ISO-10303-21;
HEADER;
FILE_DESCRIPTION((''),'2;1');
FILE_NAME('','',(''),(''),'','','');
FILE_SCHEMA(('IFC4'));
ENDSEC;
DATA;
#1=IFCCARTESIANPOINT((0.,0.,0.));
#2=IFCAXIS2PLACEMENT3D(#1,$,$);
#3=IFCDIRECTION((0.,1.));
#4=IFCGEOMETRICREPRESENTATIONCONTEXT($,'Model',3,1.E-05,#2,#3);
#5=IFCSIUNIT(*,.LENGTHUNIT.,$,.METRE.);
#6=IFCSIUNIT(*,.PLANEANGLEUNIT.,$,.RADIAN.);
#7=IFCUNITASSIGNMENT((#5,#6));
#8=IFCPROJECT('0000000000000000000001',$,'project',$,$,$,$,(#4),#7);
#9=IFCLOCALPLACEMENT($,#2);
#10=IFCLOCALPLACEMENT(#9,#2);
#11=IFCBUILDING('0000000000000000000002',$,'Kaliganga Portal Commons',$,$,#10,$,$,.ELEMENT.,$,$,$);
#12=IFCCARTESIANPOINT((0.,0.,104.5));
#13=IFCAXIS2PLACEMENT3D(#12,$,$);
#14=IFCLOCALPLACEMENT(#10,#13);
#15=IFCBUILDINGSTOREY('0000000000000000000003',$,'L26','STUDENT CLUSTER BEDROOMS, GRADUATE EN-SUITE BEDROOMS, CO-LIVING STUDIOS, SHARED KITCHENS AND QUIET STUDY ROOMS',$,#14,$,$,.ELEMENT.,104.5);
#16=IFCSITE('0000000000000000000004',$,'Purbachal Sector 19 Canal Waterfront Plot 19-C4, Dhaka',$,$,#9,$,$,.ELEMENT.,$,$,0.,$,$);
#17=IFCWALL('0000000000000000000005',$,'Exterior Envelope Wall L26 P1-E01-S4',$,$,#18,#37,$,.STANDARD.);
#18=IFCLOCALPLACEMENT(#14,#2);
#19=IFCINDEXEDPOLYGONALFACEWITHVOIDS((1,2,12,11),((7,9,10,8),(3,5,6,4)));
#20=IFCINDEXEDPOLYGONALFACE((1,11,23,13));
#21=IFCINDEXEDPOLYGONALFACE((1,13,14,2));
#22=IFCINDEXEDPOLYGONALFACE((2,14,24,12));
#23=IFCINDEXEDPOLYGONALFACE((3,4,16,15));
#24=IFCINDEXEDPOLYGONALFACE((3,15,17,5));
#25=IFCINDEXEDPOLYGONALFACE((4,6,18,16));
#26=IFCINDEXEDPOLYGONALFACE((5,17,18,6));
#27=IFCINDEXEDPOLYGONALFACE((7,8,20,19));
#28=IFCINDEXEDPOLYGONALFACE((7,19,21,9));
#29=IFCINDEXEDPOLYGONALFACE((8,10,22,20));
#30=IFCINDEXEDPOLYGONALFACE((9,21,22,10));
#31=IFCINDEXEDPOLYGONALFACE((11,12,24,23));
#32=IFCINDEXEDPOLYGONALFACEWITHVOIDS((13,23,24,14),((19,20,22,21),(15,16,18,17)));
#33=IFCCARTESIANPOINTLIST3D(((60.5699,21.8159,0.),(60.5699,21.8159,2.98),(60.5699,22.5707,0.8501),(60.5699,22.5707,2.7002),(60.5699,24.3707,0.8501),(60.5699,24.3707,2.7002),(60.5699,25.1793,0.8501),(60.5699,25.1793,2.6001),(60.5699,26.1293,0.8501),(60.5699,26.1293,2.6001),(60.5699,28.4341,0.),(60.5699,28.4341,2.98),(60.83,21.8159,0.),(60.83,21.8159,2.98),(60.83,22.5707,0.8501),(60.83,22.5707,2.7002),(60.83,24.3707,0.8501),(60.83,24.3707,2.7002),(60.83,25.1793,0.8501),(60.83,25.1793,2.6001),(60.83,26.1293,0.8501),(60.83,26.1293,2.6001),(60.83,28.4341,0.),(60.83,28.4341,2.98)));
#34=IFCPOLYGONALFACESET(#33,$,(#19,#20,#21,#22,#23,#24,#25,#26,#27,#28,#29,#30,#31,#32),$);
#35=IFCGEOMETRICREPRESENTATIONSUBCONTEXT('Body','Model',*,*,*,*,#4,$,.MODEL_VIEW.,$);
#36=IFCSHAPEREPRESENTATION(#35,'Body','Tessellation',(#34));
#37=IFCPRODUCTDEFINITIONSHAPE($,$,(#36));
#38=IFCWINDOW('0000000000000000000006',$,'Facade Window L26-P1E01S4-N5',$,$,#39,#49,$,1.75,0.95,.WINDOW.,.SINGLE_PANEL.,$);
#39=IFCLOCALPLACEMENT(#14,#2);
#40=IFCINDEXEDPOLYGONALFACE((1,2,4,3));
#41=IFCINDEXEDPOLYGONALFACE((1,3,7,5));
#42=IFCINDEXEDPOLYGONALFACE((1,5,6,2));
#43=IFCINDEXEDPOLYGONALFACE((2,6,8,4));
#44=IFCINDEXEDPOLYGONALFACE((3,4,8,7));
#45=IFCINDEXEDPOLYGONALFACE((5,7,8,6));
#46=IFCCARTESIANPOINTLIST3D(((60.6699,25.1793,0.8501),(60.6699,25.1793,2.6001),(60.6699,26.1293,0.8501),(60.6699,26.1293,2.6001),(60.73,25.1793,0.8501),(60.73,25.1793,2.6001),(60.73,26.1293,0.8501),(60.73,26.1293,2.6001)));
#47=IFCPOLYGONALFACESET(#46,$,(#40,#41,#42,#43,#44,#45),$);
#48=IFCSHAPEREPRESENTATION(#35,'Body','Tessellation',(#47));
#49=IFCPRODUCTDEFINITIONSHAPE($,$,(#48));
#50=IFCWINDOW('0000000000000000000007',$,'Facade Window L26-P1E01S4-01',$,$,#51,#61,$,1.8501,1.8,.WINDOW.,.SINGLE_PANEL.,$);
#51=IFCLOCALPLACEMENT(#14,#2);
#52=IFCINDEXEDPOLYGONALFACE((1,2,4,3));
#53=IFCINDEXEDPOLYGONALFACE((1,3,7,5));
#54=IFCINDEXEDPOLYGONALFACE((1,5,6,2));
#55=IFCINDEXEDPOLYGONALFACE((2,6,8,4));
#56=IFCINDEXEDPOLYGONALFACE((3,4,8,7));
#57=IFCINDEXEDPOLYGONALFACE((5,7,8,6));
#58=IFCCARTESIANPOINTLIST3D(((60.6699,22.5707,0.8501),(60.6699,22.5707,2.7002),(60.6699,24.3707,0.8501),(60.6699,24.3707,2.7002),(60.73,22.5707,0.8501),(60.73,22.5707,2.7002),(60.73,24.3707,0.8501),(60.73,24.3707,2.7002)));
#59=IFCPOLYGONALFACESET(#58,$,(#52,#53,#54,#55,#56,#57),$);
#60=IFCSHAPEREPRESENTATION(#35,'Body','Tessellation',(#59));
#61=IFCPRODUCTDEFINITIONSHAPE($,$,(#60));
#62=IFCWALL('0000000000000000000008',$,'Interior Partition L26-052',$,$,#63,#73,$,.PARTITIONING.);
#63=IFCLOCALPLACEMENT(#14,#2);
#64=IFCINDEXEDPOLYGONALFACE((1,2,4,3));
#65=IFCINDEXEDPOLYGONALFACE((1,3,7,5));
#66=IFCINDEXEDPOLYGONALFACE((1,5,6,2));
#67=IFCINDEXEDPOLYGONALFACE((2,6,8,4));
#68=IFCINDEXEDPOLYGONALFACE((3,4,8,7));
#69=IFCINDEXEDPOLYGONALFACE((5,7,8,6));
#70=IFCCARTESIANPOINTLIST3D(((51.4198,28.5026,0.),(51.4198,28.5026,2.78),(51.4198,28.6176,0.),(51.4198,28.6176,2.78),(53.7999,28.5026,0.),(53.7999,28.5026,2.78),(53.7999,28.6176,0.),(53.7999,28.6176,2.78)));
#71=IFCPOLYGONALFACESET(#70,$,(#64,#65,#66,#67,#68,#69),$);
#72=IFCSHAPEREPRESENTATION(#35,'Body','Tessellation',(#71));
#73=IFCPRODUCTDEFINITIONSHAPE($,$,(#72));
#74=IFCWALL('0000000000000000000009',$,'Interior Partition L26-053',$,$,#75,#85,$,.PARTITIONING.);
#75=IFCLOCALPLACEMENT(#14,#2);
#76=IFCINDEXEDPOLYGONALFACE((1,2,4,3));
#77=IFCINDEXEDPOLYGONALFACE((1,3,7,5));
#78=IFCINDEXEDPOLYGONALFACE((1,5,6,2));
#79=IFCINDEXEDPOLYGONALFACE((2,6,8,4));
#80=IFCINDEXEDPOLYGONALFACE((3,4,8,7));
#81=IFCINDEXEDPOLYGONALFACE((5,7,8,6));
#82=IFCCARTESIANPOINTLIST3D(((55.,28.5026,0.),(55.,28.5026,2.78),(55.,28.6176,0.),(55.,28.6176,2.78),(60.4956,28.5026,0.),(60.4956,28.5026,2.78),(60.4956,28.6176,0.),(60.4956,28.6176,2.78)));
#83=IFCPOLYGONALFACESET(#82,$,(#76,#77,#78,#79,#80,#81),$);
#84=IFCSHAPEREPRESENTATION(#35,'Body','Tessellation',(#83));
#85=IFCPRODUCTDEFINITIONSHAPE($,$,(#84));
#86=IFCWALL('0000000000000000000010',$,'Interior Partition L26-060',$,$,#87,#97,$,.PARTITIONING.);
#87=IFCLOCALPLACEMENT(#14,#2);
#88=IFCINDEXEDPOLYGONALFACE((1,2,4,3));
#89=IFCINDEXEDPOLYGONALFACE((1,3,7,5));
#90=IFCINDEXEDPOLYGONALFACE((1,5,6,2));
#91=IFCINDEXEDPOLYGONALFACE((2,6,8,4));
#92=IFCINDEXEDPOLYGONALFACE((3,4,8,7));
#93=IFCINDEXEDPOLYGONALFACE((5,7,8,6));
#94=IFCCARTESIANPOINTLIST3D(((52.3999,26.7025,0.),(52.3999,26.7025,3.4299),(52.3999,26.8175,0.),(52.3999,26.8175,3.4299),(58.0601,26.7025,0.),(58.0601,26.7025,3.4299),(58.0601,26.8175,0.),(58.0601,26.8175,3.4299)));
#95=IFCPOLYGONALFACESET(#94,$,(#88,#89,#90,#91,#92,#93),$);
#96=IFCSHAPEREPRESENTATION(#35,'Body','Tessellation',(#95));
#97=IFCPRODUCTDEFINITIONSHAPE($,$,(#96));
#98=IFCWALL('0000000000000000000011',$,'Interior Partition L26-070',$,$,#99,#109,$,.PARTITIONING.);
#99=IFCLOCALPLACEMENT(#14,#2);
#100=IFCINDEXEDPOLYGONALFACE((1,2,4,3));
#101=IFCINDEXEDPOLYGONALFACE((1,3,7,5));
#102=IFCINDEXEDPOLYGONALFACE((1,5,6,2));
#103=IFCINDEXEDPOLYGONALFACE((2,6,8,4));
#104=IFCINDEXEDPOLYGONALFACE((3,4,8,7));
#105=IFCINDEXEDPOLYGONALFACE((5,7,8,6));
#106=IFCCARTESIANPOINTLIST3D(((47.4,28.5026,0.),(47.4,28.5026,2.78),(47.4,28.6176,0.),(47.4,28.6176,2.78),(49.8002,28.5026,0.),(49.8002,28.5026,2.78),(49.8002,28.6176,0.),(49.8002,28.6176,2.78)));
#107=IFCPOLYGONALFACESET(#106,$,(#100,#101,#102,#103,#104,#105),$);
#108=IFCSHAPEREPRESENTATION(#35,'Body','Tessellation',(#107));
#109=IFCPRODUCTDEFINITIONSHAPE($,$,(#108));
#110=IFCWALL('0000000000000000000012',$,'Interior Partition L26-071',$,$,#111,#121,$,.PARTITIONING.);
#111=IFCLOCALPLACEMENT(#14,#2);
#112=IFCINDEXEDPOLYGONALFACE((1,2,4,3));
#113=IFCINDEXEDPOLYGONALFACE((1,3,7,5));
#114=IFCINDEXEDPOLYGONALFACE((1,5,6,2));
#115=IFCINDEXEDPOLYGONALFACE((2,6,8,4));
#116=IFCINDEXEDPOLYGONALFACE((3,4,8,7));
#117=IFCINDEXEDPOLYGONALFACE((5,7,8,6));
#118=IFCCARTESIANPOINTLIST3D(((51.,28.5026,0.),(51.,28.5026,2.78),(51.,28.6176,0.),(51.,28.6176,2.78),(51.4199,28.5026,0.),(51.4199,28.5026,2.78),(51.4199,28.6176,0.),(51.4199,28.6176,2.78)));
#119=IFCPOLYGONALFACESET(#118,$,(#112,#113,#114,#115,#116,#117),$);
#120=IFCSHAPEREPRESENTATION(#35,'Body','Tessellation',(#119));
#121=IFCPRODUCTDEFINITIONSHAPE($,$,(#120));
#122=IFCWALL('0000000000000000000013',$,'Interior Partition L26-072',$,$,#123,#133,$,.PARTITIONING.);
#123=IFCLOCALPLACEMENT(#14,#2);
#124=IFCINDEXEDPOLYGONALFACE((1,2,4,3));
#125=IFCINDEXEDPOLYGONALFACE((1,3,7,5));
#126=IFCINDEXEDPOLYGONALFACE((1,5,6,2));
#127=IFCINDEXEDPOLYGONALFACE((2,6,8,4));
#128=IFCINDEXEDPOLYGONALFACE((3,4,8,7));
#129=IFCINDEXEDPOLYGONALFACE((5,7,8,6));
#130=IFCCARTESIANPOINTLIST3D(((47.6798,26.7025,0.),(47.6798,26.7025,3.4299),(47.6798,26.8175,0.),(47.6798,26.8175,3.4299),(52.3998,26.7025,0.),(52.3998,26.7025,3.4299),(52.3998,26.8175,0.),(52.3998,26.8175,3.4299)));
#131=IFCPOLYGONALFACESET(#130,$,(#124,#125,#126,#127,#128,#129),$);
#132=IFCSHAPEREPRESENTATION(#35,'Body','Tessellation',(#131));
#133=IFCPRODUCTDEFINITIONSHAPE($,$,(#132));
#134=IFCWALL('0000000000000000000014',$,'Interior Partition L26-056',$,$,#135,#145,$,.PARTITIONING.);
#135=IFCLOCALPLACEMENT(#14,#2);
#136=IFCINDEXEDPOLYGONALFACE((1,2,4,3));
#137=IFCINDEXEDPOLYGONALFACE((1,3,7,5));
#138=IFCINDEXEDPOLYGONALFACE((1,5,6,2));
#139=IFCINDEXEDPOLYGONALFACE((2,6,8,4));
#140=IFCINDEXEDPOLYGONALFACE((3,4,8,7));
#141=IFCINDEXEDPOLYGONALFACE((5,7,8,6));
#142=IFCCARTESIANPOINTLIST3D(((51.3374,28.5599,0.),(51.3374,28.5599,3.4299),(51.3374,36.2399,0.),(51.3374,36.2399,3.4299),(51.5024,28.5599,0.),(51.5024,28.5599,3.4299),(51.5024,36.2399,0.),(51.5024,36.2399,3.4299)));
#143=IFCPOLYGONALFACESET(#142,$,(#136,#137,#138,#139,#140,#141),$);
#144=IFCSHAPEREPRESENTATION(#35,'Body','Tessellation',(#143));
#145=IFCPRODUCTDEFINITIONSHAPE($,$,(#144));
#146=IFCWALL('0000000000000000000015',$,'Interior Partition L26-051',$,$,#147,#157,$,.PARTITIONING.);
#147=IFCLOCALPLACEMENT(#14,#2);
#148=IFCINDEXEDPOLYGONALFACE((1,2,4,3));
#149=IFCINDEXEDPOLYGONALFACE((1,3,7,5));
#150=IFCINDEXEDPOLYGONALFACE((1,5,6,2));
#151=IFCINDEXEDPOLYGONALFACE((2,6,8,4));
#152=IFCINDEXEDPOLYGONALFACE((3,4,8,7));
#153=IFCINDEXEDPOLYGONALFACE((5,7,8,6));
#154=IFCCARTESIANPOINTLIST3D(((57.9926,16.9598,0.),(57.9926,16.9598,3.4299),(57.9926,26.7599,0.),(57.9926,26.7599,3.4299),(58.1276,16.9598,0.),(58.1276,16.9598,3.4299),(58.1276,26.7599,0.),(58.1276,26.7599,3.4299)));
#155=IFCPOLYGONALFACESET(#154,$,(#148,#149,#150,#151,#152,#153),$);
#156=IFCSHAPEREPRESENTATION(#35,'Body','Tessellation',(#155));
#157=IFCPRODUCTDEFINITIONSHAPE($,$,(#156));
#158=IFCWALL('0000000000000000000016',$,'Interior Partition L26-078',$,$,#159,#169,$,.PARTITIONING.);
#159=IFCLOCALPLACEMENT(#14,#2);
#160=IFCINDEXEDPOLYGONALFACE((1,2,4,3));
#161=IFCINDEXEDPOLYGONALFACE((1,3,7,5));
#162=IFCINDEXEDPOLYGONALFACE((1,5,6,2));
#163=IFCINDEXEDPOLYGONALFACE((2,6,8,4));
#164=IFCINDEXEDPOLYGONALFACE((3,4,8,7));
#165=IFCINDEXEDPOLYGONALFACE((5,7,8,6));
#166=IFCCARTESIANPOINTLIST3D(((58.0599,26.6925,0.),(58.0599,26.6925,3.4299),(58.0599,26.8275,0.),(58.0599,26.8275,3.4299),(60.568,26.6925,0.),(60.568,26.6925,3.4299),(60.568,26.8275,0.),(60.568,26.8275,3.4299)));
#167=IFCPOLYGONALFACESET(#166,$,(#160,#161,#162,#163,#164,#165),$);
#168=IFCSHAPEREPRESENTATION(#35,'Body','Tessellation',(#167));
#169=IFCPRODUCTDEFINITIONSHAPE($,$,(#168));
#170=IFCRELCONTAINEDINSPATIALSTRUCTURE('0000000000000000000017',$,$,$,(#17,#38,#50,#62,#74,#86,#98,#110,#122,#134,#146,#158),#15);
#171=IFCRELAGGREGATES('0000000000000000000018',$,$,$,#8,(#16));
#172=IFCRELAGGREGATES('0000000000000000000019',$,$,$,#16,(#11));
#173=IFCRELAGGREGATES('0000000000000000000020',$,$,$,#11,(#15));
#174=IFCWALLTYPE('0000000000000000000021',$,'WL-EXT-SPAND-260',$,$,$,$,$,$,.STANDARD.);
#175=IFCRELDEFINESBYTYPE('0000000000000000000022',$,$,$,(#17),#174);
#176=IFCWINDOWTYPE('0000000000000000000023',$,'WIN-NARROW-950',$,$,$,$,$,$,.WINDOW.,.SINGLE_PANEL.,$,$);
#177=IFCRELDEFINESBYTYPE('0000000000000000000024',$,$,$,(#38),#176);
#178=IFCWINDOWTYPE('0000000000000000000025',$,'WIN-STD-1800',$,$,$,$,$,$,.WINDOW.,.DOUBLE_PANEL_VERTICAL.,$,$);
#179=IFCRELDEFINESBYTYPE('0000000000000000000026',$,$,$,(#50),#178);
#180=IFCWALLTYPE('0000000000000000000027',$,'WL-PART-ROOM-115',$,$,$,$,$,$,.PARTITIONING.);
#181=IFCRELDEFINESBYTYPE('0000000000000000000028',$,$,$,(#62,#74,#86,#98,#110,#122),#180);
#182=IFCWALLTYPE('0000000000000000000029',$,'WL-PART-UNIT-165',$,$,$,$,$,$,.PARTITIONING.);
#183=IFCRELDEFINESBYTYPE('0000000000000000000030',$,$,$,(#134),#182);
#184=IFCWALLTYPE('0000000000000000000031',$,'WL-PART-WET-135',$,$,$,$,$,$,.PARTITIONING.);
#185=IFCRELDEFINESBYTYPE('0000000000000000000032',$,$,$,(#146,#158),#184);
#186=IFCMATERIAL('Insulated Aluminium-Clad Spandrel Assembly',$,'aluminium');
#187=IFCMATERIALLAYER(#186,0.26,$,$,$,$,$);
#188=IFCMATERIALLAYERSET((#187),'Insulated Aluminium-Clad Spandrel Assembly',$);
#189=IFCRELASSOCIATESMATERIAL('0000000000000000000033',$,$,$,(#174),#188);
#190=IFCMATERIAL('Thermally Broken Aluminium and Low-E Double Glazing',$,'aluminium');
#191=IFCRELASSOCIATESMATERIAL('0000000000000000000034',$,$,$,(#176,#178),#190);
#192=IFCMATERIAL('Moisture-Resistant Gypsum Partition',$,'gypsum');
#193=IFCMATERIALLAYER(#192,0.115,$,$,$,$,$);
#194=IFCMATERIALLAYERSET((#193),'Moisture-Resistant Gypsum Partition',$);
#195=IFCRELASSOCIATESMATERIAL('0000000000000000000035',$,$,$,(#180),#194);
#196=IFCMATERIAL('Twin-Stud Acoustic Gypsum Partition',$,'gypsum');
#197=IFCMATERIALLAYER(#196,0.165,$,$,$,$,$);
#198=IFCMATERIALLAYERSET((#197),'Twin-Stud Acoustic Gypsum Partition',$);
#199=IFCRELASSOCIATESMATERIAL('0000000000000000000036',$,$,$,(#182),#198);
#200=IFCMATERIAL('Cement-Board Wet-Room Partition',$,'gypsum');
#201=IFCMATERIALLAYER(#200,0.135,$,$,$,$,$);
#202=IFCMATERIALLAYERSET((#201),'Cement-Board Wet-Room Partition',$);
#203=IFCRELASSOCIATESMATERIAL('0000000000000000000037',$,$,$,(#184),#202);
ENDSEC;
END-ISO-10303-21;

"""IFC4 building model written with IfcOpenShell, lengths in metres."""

from ifc_helpers import new_model, si_unit, direction, frame, frame_2d, origin, place, context, subcontext, project, spatial, rectangle, extrude, material, layer, layer_set, type_object, element, fill, save


model = new_model("IFC4")

# Units and contexts
model_context = context("Model", 3, precision=1e-05, world=origin(), true_north=direction((0.0, 1.0)))
body_context = subcontext(model_context, "Body", "Model", "MODEL_VIEW")
ifc_project = project(units=[si_unit("LENGTHUNIT", "METRE"), si_unit("PLANEANGLEUNIT", "RADIAN")], contexts=[model_context])

# Site, building, storey
site_placement = place(None, origin())
site = spatial("IfcSite", under=ifc_project, at=site_placement, Name="Purbachal Sector 19 Canal Waterfront Plot 19-C4, Dhaka", CompositionType="ELEMENT", RefElevation=0.0)
building_placement = place(site_placement, origin())
building = spatial("IfcBuilding", under=site, at=building_placement, Name="Kaliganga Portal Commons", CompositionType="ELEMENT")
storey_placement = place(building_placement, frame((0.0, 0.0, 104.5)))
storey = spatial("IfcBuildingStorey", under=building, at=storey_placement, Name="L26", Description="STUDENT CLUSTER BEDROOMS, GRADUATE EN-SUITE BEDROOMS, CO-LIVING STUDIOS, SHARED KITCHENS AND QUIET STUDY ROOMS", CompositionType="ELEMENT", Elevation=104.5)

# Wall, openings, windows
ifc_material_1 = material(Name="Insulated Aluminium-Clad Spandrel Assembly", Category="aluminium")
ifc_layer_1 = layer(ifc_material_1, 0.26)
ifc_layer_set_1 = layer_set([ifc_layer_1], Name="Insulated Aluminium-Clad Spandrel Assembly")
wall_type_1 = type_object("IfcWallType", Name="WL-EXT-SPAND-260", PredefinedType="STANDARD", material=ifc_layer_set_1)
ifc_material_2 = material(Name="Thermally Broken Aluminium and Low-E Double Glazing", Category="aluminium")
window_type_1 = type_object("IfcWindowType", Name="WIN-NARROW-950", PartitioningType="SINGLE_PANEL", PredefinedType="WINDOW", material=ifc_material_2)
window_type_2 = type_object("IfcWindowType", Name="WIN-STD-1800", PartitioningType="DOUBLE_PANEL_VERTICAL", PredefinedType="WINDOW", material=ifc_material_2)
wall_1_placement = place(storey_placement, frame((60.7, 28.4341, 0.0), z_axis=(0.0, 0.0, 1.0), x_axis=(0.0, -1.0, 0.0)))
wall_1 = element("IfcWall", 1, at=wall_1_placement, inside=storey, type_object=wall_type_1, Name="Exterior Envelope Wall L26 P1-E01-S4", PredefinedType="STANDARD", context=body_context, shape_type="SweptSolid", body=[
    extrude(rectangle(XDim=6.6182, YDim=0.26, at=frame_2d((3.3091, 0.0))), origin(), (0.0, 0.0, 1.0), 2.98),
])
opening_1_placement = place(wall_1_placement, frame((4.0635, 0.0, 0.8501)))
opening_1 = element("IfcOpeningElement", 2, at=opening_1_placement, cuts=wall_1, PredefinedType="OPENING", context=body_context, shape_type="SweptSolid", body=[
    extrude(rectangle(XDim=1.8, YDim=1.8501, at=frame_2d((0.8999, 0.925))), frame((0.0, 0.1401, 0.0), z_axis=(0.0, -1.0, 0.0), x_axis=(1.0, 0.0, 0.0)), (0.0, 0.0, 1.0), 0.28),
])
opening_2_placement = place(wall_1_placement, frame((2.3047, 0.0, 0.8501)))
opening_2 = element("IfcOpeningElement", 3, at=opening_2_placement, cuts=wall_1, PredefinedType="OPENING", context=body_context, shape_type="SweptSolid", body=[
    extrude(rectangle(XDim=0.95, YDim=1.75, at=frame_2d((0.4751, 0.875))), frame((0.0, 0.1401, 0.0), z_axis=(0.0, -1.0, 0.0), x_axis=(1.0, 0.0, 0.0)), (0.0, 0.0, 1.0), 0.28),
])
window_1_placement = place(opening_2_placement, origin())
window_1 = element("IfcWindow", 4, at=window_1_placement, inside=storey, type_object=window_type_1, Name="Facade Window L26-P1E01S4-N5", OverallHeight=1.75, OverallWidth=0.95, PartitioningType="SINGLE_PANEL", PredefinedType="WINDOW", context=body_context, shape_type="SweptSolid", body=[
    extrude(rectangle(XDim=0.95, YDim=1.75, at=frame_2d((0.4751, 0.875))), frame((0.0, 0.03, 0.0), z_axis=(0.0, -1.0, 0.0), x_axis=(1.0, 0.0, 0.0)), (0.0, 0.0, 1.0), 0.0601),
])
fill(opening_2, window_1)
window_2_placement = place(opening_1_placement, origin())
window_2 = element("IfcWindow", 5, at=window_2_placement, inside=storey, type_object=window_type_2, Name="Facade Window L26-P1E01S4-01", OverallHeight=1.8501, OverallWidth=1.8, PartitioningType="SINGLE_PANEL", PredefinedType="WINDOW", context=body_context, shape_type="SweptSolid", body=[
    extrude(rectangle(XDim=1.8, YDim=1.8501, at=frame_2d((0.8999, 0.925))), frame((0.0, 0.03, 0.0), z_axis=(0.0, -1.0, 0.0), x_axis=(1.0, 0.0, 0.0)), (0.0, 0.0, 1.0), 0.0601),
])
fill(opening_1, window_2)

# Walls
ifc_material_3 = material(Name="Moisture-Resistant Gypsum Partition", Category="gypsum")
ifc_layer_2 = layer(ifc_material_3, 0.115)
ifc_layer_set_2 = layer_set([ifc_layer_2], Name="Moisture-Resistant Gypsum Partition")
wall_type_2 = type_object("IfcWallType", Name="WL-PART-ROOM-115", PredefinedType="PARTITIONING", material=ifc_layer_set_2)
wall_2_placement = place(storey_placement, frame((51.4199, 28.5601, 0.0), z_axis=(0.0, 0.0, 1.0), x_axis=(1.0, 0.0, 0.0)))
element("IfcWall", 6, at=wall_2_placement, inside=storey, type_object=wall_type_2, Name="Interior Partition L26-052", PredefinedType="PARTITIONING", context=body_context, shape_type="SweptSolid", body=[
    extrude(rectangle(XDim=2.3801, YDim=0.115, at=frame_2d((1.1899, 0.0))), origin(), (0.0, 0.0, 1.0), 2.78),
])
wall_3_placement = place(storey_placement, frame((55.0, 28.5601, 0.0), z_axis=(0.0, 0.0, 1.0), x_axis=(1.0, 0.0, 0.0)))
element("IfcWall", 7, at=wall_3_placement, inside=storey, type_object=wall_type_2, Name="Interior Partition L26-053", PredefinedType="PARTITIONING", context=body_context, shape_type="SweptSolid", body=[
    extrude(rectangle(XDim=5.4956, YDim=0.115, at=frame_2d((2.7478, 0.0))), origin(), (0.0, 0.0, 1.0), 2.78),
])
wall_4_placement = place(storey_placement, frame((52.3999, 26.76, 0.0), z_axis=(0.0, 0.0, 1.0), x_axis=(1.0, 0.0, 0.0)))
element("IfcWall", 8, at=wall_4_placement, inside=storey, type_object=wall_type_2, Name="Interior Partition L26-060", PredefinedType="PARTITIONING", context=body_context, shape_type="SweptSolid", body=[
    extrude(rectangle(XDim=5.6602, YDim=0.115, at=frame_2d((2.8301, 0.0))), origin(), (0.0, 0.0, 1.0), 3.4299),
])
wall_5_placement = place(storey_placement, frame((47.3999, 28.5601, 0.0), z_axis=(0.0, 0.0, 1.0), x_axis=(1.0, 0.0, 0.0)))
element("IfcWall", 9, at=wall_5_placement, inside=storey, type_object=wall_type_2, Name="Interior Partition L26-070", PredefinedType="PARTITIONING", context=body_context, shape_type="SweptSolid", body=[
    extrude(rectangle(XDim=2.4001, YDim=0.115, at=frame_2d((1.2002, 0.0))), origin(), (0.0, 0.0, 1.0), 2.78),
])
wall_6_placement = place(storey_placement, frame((51.0, 28.5601, 0.0), z_axis=(0.0, 0.0, 1.0), x_axis=(1.0, 0.0, 0.0)))
element("IfcWall", 10, at=wall_6_placement, inside=storey, type_object=wall_type_2, Name="Interior Partition L26-071", PredefinedType="PARTITIONING", context=body_context, shape_type="SweptSolid", body=[
    extrude(rectangle(XDim=0.4199, YDim=0.115, at=frame_2d((0.21, 0.0))), origin(), (0.0, 0.0, 1.0), 2.78),
])
wall_7_placement = place(storey_placement, frame((47.6799, 26.76, 0.0), z_axis=(0.0, 0.0, 1.0), x_axis=(1.0, 0.0, 0.0)))
element("IfcWall", 11, at=wall_7_placement, inside=storey, type_object=wall_type_2, Name="Interior Partition L26-072", PredefinedType="PARTITIONING", context=body_context, shape_type="SweptSolid", body=[
    extrude(rectangle(XDim=4.72, YDim=0.115, at=frame_2d((2.3599, 0.0))), origin(), (0.0, 0.0, 1.0), 3.4299),
])
ifc_material_4 = material(Name="Twin-Stud Acoustic Gypsum Partition", Category="gypsum")
ifc_layer_3 = layer(ifc_material_4, 0.165)
ifc_layer_set_3 = layer_set([ifc_layer_3], Name="Twin-Stud Acoustic Gypsum Partition")
wall_type_3 = type_object("IfcWallType", Name="WL-PART-UNIT-165", PredefinedType="PARTITIONING", material=ifc_layer_set_3)
wall_8_placement = place(storey_placement, frame((51.4199, 28.5601, 0.0), z_axis=(0.0, 0.0, 1.0), x_axis=(0.0, 1.0, 0.0)))
element("IfcWall", 12, at=wall_8_placement, inside=storey, type_object=wall_type_3, Name="Interior Partition L26-056", PredefinedType="PARTITIONING", context=body_context, shape_type="SweptSolid", body=[
    extrude(rectangle(XDim=7.6799, YDim=0.165, at=frame_2d((3.8398, 0.0))), origin(), (0.0, 0.0, 1.0), 3.4299),
])
ifc_material_5 = material(Name="Cement-Board Wet-Room Partition", Category="gypsum")
ifc_layer_4 = layer(ifc_material_5, 0.135)
ifc_layer_set_4 = layer_set([ifc_layer_4], Name="Cement-Board Wet-Room Partition")
wall_type_4 = type_object("IfcWallType", Name="WL-PART-WET-135", PredefinedType="PARTITIONING", material=ifc_layer_set_4)
wall_9_placement = place(storey_placement, frame((58.0601, 16.96, 0.0), z_axis=(0.0, 0.0, 1.0), x_axis=(0.0, 1.0, 0.0)))
element("IfcWall", 13, at=wall_9_placement, inside=storey, type_object=wall_type_4, Name="Interior Partition L26-051", PredefinedType="PARTITIONING", context=body_context, shape_type="SweptSolid", body=[
    extrude(rectangle(XDim=9.8, YDim=0.135, at=frame_2d((4.8999, 0.0))), origin(), (0.0, 0.0, 1.0), 3.4299),
])
wall_10_placement = place(storey_placement, frame((58.0601, 26.76, 0.0), z_axis=(0.0, 0.0, 1.0), x_axis=(1.0, 0.0, 0.0)))
element("IfcWall", 14, at=wall_10_placement, inside=storey, type_object=wall_type_4, Name="Interior Partition L26-078", PredefinedType="PARTITIONING", context=body_context, shape_type="SweptSolid", body=[
    extrude(rectangle(XDim=2.5081, YDim=0.135, at=frame_2d((1.2539, 0.0))), origin(), (0.0, 0.0, 1.0), 3.4299),
])

save(model, "model.ifc")
